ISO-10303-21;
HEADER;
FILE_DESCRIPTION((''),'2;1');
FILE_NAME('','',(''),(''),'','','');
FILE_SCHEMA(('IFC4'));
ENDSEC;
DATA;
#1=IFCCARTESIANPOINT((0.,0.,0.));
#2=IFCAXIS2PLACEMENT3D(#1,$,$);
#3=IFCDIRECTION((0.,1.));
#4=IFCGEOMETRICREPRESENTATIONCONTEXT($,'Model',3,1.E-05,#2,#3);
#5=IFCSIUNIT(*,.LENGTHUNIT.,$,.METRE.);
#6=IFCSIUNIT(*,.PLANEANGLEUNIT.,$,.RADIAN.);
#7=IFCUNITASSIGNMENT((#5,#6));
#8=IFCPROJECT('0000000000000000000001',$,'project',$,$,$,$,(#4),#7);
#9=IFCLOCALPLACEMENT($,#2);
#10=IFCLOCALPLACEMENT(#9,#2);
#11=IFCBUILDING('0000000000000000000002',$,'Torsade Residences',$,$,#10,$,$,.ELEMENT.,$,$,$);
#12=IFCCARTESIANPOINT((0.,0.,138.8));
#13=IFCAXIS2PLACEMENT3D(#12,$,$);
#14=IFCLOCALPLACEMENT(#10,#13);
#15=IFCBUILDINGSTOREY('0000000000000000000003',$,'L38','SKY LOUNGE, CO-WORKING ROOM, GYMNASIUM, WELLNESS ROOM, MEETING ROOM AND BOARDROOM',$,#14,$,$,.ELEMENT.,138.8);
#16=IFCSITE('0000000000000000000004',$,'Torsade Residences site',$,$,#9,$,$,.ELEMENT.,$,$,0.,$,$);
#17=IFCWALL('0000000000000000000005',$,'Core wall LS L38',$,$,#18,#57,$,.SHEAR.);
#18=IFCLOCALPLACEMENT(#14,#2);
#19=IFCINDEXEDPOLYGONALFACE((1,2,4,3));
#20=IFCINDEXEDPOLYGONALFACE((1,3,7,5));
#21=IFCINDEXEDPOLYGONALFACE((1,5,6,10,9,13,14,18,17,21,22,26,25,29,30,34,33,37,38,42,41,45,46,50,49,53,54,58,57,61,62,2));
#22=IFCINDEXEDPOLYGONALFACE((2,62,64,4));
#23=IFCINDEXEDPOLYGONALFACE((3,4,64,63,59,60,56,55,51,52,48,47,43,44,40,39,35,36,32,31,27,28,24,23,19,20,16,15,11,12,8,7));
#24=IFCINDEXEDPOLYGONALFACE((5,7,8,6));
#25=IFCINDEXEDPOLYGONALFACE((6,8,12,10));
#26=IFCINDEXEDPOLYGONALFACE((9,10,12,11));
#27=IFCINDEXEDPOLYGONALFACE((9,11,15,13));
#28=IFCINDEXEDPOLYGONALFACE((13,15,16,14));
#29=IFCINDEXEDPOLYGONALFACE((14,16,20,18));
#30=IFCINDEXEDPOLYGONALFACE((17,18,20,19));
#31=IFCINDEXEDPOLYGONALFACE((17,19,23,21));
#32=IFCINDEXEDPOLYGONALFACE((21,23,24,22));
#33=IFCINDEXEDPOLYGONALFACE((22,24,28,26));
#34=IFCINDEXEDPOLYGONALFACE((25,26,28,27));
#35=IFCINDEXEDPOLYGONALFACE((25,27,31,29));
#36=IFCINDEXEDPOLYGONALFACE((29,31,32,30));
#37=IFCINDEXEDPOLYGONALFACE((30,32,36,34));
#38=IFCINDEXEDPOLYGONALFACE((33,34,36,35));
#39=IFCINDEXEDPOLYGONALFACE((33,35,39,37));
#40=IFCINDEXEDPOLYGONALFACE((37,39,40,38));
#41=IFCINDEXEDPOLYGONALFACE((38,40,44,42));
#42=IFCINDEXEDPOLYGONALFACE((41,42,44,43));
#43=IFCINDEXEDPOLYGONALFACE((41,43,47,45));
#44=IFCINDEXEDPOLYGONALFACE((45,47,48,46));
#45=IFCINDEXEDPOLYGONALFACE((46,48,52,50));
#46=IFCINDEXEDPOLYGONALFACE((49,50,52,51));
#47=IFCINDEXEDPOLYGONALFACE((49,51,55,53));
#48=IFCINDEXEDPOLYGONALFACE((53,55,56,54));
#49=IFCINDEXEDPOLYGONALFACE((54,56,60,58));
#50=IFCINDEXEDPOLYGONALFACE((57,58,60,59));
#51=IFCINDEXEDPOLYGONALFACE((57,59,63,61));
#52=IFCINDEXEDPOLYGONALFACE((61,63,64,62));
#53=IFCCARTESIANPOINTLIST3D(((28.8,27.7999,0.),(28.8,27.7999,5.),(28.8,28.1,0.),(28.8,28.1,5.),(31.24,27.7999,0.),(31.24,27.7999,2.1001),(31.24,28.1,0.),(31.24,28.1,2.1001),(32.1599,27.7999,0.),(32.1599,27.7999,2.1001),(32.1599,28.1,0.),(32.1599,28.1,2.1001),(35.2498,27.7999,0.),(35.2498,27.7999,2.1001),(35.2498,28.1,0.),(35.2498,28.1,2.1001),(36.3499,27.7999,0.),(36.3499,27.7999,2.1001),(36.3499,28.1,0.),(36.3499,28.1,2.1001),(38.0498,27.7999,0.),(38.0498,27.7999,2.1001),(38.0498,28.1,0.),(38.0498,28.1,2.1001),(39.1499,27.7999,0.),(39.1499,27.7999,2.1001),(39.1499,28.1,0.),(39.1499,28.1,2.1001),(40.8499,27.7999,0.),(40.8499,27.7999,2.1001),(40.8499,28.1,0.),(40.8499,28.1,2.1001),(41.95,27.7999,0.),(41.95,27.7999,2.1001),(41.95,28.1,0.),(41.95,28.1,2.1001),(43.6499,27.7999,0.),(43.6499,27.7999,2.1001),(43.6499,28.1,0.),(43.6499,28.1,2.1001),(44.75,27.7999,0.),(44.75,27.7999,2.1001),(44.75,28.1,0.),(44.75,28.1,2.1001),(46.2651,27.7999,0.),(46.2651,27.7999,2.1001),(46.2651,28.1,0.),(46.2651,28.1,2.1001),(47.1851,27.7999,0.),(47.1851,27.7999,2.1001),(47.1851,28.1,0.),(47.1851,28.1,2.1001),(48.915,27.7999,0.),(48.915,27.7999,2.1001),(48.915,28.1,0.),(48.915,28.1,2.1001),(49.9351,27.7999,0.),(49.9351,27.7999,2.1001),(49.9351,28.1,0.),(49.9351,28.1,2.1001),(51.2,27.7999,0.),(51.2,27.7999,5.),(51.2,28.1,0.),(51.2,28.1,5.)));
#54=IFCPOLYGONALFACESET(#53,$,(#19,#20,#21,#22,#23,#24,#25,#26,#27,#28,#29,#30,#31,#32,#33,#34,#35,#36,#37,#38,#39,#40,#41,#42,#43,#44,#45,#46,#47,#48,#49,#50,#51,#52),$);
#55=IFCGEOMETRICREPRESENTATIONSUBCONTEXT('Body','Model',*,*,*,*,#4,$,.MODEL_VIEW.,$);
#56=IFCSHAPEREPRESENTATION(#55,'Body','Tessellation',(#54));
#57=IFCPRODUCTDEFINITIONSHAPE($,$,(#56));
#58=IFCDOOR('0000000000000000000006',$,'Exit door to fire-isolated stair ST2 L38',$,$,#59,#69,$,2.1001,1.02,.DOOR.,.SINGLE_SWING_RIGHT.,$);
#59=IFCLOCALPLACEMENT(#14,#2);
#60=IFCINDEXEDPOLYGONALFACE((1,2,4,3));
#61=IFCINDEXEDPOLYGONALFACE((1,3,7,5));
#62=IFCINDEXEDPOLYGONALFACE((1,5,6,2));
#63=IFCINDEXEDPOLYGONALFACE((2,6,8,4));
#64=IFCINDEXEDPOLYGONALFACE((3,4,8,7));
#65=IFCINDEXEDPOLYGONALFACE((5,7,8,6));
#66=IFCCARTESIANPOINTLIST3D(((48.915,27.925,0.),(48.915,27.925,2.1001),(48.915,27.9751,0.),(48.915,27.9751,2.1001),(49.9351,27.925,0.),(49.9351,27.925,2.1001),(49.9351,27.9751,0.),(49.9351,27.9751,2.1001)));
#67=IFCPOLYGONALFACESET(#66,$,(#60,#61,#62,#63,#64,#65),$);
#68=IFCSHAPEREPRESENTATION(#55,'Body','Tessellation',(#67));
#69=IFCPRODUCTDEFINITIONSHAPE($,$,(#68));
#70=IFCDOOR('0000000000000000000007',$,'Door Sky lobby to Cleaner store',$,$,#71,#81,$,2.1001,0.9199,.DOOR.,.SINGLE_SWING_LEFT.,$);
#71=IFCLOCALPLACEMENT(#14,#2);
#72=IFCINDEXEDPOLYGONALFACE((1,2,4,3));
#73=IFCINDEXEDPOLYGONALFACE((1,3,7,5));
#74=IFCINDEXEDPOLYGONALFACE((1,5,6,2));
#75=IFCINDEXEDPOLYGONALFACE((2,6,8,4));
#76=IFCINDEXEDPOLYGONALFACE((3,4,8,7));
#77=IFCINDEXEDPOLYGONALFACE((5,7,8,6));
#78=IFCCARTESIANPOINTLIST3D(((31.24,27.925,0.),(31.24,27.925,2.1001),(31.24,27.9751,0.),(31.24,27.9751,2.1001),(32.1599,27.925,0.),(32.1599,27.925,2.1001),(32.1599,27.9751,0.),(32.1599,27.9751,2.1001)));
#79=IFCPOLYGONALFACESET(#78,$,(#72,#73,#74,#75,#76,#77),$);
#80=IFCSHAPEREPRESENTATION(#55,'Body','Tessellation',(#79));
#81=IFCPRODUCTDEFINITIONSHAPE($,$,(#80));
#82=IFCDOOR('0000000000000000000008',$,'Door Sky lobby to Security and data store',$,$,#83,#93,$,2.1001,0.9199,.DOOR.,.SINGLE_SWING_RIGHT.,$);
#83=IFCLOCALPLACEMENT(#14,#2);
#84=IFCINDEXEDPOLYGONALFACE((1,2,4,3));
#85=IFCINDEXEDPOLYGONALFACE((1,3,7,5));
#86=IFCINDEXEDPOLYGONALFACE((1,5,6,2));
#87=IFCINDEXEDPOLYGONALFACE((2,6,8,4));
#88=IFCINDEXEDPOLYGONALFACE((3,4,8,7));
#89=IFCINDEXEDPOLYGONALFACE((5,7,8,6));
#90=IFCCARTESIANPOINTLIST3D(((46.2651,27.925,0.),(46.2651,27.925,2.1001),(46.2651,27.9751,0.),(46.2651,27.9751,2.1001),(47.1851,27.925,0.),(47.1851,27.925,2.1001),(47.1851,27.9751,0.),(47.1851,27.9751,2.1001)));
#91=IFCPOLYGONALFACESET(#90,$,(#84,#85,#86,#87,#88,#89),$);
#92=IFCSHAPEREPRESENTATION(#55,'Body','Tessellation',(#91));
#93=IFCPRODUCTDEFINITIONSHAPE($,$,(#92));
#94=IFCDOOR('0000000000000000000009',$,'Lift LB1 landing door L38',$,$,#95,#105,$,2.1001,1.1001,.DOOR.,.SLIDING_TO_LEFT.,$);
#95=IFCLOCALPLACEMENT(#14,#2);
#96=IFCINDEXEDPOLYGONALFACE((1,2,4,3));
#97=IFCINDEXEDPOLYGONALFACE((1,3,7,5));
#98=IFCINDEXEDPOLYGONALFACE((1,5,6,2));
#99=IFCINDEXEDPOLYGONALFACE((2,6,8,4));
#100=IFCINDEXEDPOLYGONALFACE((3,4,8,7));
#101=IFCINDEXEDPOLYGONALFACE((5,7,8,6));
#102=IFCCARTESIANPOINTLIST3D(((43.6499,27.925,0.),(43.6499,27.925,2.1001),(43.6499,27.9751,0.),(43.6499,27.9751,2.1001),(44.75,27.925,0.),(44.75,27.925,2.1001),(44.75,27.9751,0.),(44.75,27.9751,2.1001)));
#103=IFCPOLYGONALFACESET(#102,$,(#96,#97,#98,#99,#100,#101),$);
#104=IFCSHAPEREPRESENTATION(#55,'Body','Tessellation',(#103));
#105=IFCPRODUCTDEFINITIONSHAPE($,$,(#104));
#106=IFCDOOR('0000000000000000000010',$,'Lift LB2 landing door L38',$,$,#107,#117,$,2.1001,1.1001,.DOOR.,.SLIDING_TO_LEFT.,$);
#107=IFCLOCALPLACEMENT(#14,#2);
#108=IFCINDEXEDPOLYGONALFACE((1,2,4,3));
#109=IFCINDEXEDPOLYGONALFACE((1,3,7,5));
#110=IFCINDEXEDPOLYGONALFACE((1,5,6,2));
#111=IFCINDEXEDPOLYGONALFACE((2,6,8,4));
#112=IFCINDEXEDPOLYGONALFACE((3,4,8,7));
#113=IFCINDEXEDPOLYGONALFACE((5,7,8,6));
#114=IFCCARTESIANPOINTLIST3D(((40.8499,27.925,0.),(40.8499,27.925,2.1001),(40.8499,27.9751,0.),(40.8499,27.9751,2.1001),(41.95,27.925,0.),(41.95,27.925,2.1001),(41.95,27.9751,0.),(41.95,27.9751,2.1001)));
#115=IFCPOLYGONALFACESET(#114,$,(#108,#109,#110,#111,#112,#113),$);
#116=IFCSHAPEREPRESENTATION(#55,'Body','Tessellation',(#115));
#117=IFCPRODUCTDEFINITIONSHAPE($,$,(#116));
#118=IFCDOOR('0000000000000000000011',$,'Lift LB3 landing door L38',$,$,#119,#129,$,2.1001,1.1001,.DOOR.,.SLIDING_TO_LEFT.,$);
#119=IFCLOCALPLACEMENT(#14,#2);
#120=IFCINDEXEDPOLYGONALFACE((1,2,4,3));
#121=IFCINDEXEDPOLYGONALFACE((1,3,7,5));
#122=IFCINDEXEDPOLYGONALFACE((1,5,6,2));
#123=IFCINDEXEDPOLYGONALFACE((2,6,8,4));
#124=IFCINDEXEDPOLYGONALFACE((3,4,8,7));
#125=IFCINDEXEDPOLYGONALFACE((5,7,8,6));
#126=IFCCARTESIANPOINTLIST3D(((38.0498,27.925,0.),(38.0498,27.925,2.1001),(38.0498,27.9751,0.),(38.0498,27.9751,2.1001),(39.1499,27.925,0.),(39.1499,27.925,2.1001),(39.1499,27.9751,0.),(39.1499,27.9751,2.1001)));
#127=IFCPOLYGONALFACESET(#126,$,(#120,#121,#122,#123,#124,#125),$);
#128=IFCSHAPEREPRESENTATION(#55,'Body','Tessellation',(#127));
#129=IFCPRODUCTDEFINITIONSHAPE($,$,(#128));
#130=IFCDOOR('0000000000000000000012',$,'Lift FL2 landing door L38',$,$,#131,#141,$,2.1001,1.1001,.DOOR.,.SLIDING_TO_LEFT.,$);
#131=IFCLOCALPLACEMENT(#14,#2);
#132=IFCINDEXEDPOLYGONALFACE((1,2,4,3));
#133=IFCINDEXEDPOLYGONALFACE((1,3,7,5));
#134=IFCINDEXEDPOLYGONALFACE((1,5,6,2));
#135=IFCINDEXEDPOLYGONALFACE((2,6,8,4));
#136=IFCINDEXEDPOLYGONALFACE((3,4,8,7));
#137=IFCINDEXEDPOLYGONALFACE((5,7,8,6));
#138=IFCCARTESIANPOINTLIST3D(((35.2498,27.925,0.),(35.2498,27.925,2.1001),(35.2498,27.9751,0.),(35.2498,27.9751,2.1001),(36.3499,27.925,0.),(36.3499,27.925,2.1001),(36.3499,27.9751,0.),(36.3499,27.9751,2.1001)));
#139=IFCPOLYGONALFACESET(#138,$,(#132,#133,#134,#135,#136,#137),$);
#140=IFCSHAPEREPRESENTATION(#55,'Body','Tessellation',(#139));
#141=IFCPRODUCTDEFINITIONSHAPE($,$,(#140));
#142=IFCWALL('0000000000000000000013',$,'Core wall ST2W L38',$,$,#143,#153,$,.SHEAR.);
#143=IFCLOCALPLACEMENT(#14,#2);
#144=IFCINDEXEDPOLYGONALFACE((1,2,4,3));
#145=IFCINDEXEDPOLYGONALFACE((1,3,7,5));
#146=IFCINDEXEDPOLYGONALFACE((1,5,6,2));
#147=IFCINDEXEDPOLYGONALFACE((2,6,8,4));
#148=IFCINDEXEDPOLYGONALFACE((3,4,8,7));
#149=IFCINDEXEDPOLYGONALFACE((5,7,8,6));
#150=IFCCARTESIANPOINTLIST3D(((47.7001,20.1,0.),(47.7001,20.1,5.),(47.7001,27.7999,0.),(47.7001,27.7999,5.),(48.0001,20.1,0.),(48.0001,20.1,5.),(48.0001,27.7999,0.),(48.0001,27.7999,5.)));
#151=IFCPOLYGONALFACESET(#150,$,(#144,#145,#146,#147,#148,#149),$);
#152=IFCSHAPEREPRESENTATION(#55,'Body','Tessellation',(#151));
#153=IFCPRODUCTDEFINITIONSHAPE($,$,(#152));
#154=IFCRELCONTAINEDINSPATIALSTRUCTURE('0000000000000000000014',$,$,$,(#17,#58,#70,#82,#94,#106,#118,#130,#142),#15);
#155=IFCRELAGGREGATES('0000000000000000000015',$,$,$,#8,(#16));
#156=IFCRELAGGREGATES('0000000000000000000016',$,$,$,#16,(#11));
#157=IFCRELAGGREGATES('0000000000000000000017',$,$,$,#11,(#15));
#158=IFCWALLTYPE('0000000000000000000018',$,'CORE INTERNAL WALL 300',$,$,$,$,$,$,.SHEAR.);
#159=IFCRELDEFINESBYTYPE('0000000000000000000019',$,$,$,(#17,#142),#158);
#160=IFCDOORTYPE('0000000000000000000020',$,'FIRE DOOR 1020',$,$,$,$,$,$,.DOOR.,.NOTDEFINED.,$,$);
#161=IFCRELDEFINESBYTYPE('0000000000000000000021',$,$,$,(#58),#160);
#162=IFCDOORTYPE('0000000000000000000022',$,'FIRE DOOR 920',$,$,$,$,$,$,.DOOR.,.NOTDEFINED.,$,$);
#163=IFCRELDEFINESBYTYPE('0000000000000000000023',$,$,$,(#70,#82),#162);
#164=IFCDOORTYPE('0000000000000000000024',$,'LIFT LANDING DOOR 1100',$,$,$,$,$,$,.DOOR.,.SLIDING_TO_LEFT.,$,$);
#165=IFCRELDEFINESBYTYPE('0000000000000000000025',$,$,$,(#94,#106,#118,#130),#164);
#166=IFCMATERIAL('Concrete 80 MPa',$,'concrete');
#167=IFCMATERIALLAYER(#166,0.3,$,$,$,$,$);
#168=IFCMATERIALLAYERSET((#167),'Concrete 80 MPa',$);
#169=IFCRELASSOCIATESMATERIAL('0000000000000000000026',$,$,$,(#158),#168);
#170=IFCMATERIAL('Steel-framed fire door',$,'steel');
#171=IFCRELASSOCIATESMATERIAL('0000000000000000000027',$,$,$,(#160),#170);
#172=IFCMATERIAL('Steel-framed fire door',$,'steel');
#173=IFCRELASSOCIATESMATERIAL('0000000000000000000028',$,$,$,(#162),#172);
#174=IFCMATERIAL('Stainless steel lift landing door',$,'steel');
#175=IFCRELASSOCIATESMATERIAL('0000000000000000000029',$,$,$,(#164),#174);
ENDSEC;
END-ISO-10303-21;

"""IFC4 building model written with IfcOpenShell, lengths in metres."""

from ifc_helpers import new_model, si_unit, direction, frame, frame_2d, origin, place, context, subcontext, project, spatial, rectangle, extrude, material, layer, layer_set, type_object, element, fill, save


model = new_model("IFC4")

# Units and contexts
model_context = context("Model", 3, precision=1e-05, world=origin(), true_north=direction((0.0, 1.0)))
body_context = subcontext(model_context, "Body", "Model", "MODEL_VIEW")
ifc_project = project(units=[si_unit("LENGTHUNIT", "METRE"), si_unit("PLANEANGLEUNIT", "RADIAN")], contexts=[model_context])

# Site, building, storey
site_placement = place(None, origin())
site = spatial("IfcSite", under=ifc_project, at=site_placement, Name="Torsade Residences site", CompositionType="ELEMENT", RefElevation=0.0)
building_placement = place(site_placement, origin())
building = spatial("IfcBuilding", under=site, at=building_placement, Name="Torsade Residences", CompositionType="ELEMENT")
storey_placement = place(building_placement, frame((0.0, 0.0, 138.8)))
storey = spatial("IfcBuildingStorey", under=building, at=storey_placement, Name="L38", Description="SKY LOUNGE, CO-WORKING ROOM, GYMNASIUM, WELLNESS ROOM, MEETING ROOM AND BOARDROOM", CompositionType="ELEMENT", Elevation=138.8)

# Wall, openings, doors
ifc_material_1 = material(Name="Concrete 80 MPa", Category="concrete")
ifc_layer_1 = layer(ifc_material_1, 0.3)
ifc_layer_set_1 = layer_set([ifc_layer_1], Name="Concrete 80 MPa")
wall_type_1 = type_object("IfcWallType", Name="CORE INTERNAL WALL 300", PredefinedType="SHEAR", material=ifc_layer_set_1)
wall_1_placement = place(storey_placement, frame((51.2, 27.95, 0.0), z_axis=(0.0, 0.0, 1.0), x_axis=(-1.0, 0.0, 0.0)))
wall_1 = element("IfcWall", 1, at=wall_1_placement, inside=storey, type_object=wall_type_1, Name="Core wall LS L38", PredefinedType="SHEAR", context=body_context, shape_type="SweptSolid", body=[
    extrude(rectangle(XDim=22.3999, YDim=0.3, at=frame_2d((11.2, 0.0))), origin(), (0.0, 0.0, 1.0), 5.0),
])
opening_1_placement = place(wall_1_placement, frame((19.04, 0.0, 0.0)))
opening_1 = element("IfcOpeningElement", 2, at=opening_1_placement, cuts=wall_1, PredefinedType="OPENING", context=body_context, shape_type="SweptSolid", body=[
    extrude(rectangle(XDim=0.9199, YDim=2.1001, at=frame_2d((0.46, 1.05))), frame((0.0, 0.1599, 0.0), z_axis=(0.0, -1.0, 0.0), x_axis=(1.0, 0.0, 0.0)), (0.0, 0.0, 1.0), 0.3201),
])
opening_2_placement = place(wall_1_placement, frame((1.2649, 0.0, 0.0)))
opening_2 = element("IfcOpeningElement", 3, at=opening_2_placement, cuts=wall_1, PredefinedType="OPENING", context=body_context, shape_type="SweptSolid", body=[
    extrude(rectangle(XDim=1.02, YDim=2.1001, at=frame_2d((0.51, 1.05))), frame((0.0, 0.1599, 0.0), z_axis=(0.0, -1.0, 0.0), x_axis=(1.0, 0.0, 0.0)), (0.0, 0.0, 1.0), 0.3201),
])
opening_3_placement = place(wall_1_placement, frame((4.0149, 0.0, 0.0)))
opening_3 = element("IfcOpeningElement", 4, at=opening_3_placement, cuts=wall_1, PredefinedType="OPENING", context=body_context, shape_type="SweptSolid", body=[
    extrude(rectangle(XDim=0.9199, YDim=2.1001, at=frame_2d((0.46, 1.05))), frame((0.0, 0.1599, 0.0), z_axis=(0.0, -1.0, 0.0), x_axis=(1.0, 0.0, 0.0)), (0.0, 0.0, 1.0), 0.3201),
])
opening_4_placement = place(wall_1_placement, frame((6.45, 0.0, 0.0)))
opening_4 = element("IfcOpeningElement", 5, at=opening_4_placement, cuts=wall_1, PredefinedType="OPENING", context=body_context, shape_type="SweptSolid", body=[
    extrude(rectangle(XDim=1.1001, YDim=2.1001, at=frame_2d((0.55, 1.05))), frame((0.0, 0.1599, 0.0), z_axis=(0.0, -1.0, 0.0), x_axis=(1.0, 0.0, 0.0)), (0.0, 0.0, 1.0), 0.3201),
])
opening_5_placement = place(wall_1_placement, frame((9.25, 0.0, 0.0)))
opening_5 = element("IfcOpeningElement", 6, at=opening_5_placement, cuts=wall_1, PredefinedType="OPENING", context=body_context, shape_type="SweptSolid", body=[
    extrude(rectangle(XDim=1.1001, YDim=2.1001, at=frame_2d((0.55, 1.05))), frame((0.0, 0.1599, 0.0), z_axis=(0.0, -1.0, 0.0), x_axis=(1.0, 0.0, 0.0)), (0.0, 0.0, 1.0), 0.3201),
])
opening_6_placement = place(wall_1_placement, frame((12.05, 0.0, 0.0)))
opening_6 = element("IfcOpeningElement", 7, at=opening_6_placement, cuts=wall_1, PredefinedType="OPENING", context=body_context, shape_type="SweptSolid", body=[
    extrude(rectangle(XDim=1.1001, YDim=2.1001, at=frame_2d((0.55, 1.05))), frame((0.0, 0.1599, 0.0), z_axis=(0.0, -1.0, 0.0), x_axis=(1.0, 0.0, 0.0)), (0.0, 0.0, 1.0), 0.3201),
])
opening_7_placement = place(wall_1_placement, frame((14.8501, 0.0, 0.0)))
opening_7 = element("IfcOpeningElement", 8, at=opening_7_placement, cuts=wall_1, PredefinedType="OPENING", context=body_context, shape_type="SweptSolid", body=[
    extrude(rectangle(XDim=1.1001, YDim=2.1001, at=frame_2d((0.55, 1.05))), frame((0.0, 0.1599, 0.0), z_axis=(0.0, -1.0, 0.0), x_axis=(1.0, 0.0, 0.0)), (0.0, 0.0, 1.0), 0.3201),
])
ifc_material_2 = material(Name="Steel-framed fire door", Category="steel")
door_type_1 = type_object("IfcDoorType", Name="FIRE DOOR 1020", OperationType="NOTDEFINED", PredefinedType="DOOR", material=ifc_material_2)
door_1_placement = place(opening_2_placement, origin())
door_1 = element("IfcDoor", 9, at=door_1_placement, inside=storey, type_object=door_type_1, Name="Exit door to fire-isolated stair ST2 L38", OperationType="SINGLE_SWING_RIGHT", OverallHeight=2.1001, OverallWidth=1.02, PredefinedType="DOOR", context=body_context, shape_type="SweptSolid", body=[
    extrude(rectangle(XDim=1.02, YDim=2.1001, at=frame_2d((0.51, 1.05))), frame((0.0, 0.0249, 0.0), z_axis=(0.0, -1.0, 0.0), x_axis=(1.0, 0.0, 0.0)), (0.0, 0.0, 1.0), 0.05),
])
fill(opening_2, door_1)
ifc_material_3 = material(Name="Steel-framed fire door", Category="steel")
door_type_2 = type_object("IfcDoorType", Name="FIRE DOOR 920", OperationType="NOTDEFINED", PredefinedType="DOOR", material=ifc_material_3)
door_2_placement = place(opening_1_placement, origin())
door_2 = element("IfcDoor", 10, at=door_2_placement, inside=storey, type_object=door_type_2, Name="Door Sky lobby to Cleaner store", OperationType="SINGLE_SWING_LEFT", OverallHeight=2.1001, OverallWidth=0.9199, PredefinedType="DOOR", context=body_context, shape_type="SweptSolid", body=[
    extrude(rectangle(XDim=0.9199, YDim=2.1001, at=frame_2d((0.46, 1.05))), frame((0.0, 0.0249, 0.0), z_axis=(0.0, -1.0, 0.0), x_axis=(1.0, 0.0, 0.0)), (0.0, 0.0, 1.0), 0.05),
])
fill(opening_1, door_2)
door_3_placement = place(opening_3_placement, origin())
door_3 = element("IfcDoor", 11, at=door_3_placement, inside=storey, type_object=door_type_2, Name="Door Sky lobby to Security and data store", OperationType="SINGLE_SWING_RIGHT", OverallHeight=2.1001, OverallWidth=0.9199, PredefinedType="DOOR", context=body_context, shape_type="SweptSolid", body=[
    extrude(rectangle(XDim=0.9199, YDim=2.1001, at=frame_2d((0.46, 1.05))), frame((0.0, 0.0249, 0.0), z_axis=(0.0, -1.0, 0.0), x_axis=(1.0, 0.0, 0.0)), (0.0, 0.0, 1.0), 0.05),
])
fill(opening_3, door_3)
ifc_material_4 = material(Name="Stainless steel lift landing door", Category="steel")
door_type_3 = type_object("IfcDoorType", Name="LIFT LANDING DOOR 1100", OperationType="SLIDING_TO_LEFT", PredefinedType="DOOR", material=ifc_material_4)
door_4_placement = place(opening_4_placement, origin())
door_4 = element("IfcDoor", 12, at=door_4_placement, inside=storey, type_object=door_type_3, Name="Lift LB1 landing door L38", OperationType="SLIDING_TO_LEFT", OverallHeight=2.1001, OverallWidth=1.1001, PredefinedType="DOOR", context=body_context, shape_type="SweptSolid", body=[
    extrude(rectangle(XDim=1.1001, YDim=2.1001, at=frame_2d((0.55, 1.05))), frame((0.0, 0.0249, 0.0), z_axis=(0.0, -1.0, 0.0), x_axis=(1.0, 0.0, 0.0)), (0.0, 0.0, 1.0), 0.05),
])
fill(opening_4, door_4)
door_5_placement = place(opening_5_placement, origin())
door_5 = element("IfcDoor", 13, at=door_5_placement, inside=storey, type_object=door_type_3, Name="Lift LB2 landing door L38", OperationType="SLIDING_TO_LEFT", OverallHeight=2.1001, OverallWidth=1.1001, PredefinedType="DOOR", context=body_context, shape_type="SweptSolid", body=[
    extrude(rectangle(XDim=1.1001, YDim=2.1001, at=frame_2d((0.55, 1.05))), frame((0.0, 0.0249, 0.0), z_axis=(0.0, -1.0, 0.0), x_axis=(1.0, 0.0, 0.0)), (0.0, 0.0, 1.0), 0.05),
])
fill(opening_5, door_5)
door_6_placement = place(opening_6_placement, origin())
door_6 = element("IfcDoor", 14, at=door_6_placement, inside=storey, type_object=door_type_3, Name="Lift LB3 landing door L38", OperationType="SLIDING_TO_LEFT", OverallHeight=2.1001, OverallWidth=1.1001, PredefinedType="DOOR", context=body_context, shape_type="SweptSolid", body=[
    extrude(rectangle(XDim=1.1001, YDim=2.1001, at=frame_2d((0.55, 1.05))), frame((0.0, 0.0249, 0.0), z_axis=(0.0, -1.0, 0.0), x_axis=(1.0, 0.0, 0.0)), (0.0, 0.0, 1.0), 0.05),
])
fill(opening_6, door_6)
door_7_placement = place(opening_7_placement, origin())
door_7 = element("IfcDoor", 15, at=door_7_placement, inside=storey, type_object=door_type_3, Name="Lift FL2 landing door L38", OperationType="SLIDING_TO_LEFT", OverallHeight=2.1001, OverallWidth=1.1001, PredefinedType="DOOR", context=body_context, shape_type="SweptSolid", body=[
    extrude(rectangle(XDim=1.1001, YDim=2.1001, at=frame_2d((0.55, 1.05))), frame((0.0, 0.0249, 0.0), z_axis=(0.0, -1.0, 0.0), x_axis=(1.0, 0.0, 0.0)), (0.0, 0.0, 1.0), 0.05),
])
fill(opening_7, door_7)

# Wall
wall_2_placement = place(storey_placement, frame((47.8501, 27.8, 0.0), z_axis=(0.0, 0.0, 1.0), x_axis=(0.0, -1.0, 0.0)))
element("IfcWall", 16, at=wall_2_placement, inside=storey, type_object=wall_type_1, Name="Core wall ST2W L38", PredefinedType="SHEAR", context=body_context, shape_type="SweptSolid", body=[
    extrude(rectangle(XDim=7.7, YDim=0.3, at=frame_2d((3.8501, 0.0))), origin(), (0.0, 0.0, 1.0), 5.0),
])

save(model, "model.ifc")
